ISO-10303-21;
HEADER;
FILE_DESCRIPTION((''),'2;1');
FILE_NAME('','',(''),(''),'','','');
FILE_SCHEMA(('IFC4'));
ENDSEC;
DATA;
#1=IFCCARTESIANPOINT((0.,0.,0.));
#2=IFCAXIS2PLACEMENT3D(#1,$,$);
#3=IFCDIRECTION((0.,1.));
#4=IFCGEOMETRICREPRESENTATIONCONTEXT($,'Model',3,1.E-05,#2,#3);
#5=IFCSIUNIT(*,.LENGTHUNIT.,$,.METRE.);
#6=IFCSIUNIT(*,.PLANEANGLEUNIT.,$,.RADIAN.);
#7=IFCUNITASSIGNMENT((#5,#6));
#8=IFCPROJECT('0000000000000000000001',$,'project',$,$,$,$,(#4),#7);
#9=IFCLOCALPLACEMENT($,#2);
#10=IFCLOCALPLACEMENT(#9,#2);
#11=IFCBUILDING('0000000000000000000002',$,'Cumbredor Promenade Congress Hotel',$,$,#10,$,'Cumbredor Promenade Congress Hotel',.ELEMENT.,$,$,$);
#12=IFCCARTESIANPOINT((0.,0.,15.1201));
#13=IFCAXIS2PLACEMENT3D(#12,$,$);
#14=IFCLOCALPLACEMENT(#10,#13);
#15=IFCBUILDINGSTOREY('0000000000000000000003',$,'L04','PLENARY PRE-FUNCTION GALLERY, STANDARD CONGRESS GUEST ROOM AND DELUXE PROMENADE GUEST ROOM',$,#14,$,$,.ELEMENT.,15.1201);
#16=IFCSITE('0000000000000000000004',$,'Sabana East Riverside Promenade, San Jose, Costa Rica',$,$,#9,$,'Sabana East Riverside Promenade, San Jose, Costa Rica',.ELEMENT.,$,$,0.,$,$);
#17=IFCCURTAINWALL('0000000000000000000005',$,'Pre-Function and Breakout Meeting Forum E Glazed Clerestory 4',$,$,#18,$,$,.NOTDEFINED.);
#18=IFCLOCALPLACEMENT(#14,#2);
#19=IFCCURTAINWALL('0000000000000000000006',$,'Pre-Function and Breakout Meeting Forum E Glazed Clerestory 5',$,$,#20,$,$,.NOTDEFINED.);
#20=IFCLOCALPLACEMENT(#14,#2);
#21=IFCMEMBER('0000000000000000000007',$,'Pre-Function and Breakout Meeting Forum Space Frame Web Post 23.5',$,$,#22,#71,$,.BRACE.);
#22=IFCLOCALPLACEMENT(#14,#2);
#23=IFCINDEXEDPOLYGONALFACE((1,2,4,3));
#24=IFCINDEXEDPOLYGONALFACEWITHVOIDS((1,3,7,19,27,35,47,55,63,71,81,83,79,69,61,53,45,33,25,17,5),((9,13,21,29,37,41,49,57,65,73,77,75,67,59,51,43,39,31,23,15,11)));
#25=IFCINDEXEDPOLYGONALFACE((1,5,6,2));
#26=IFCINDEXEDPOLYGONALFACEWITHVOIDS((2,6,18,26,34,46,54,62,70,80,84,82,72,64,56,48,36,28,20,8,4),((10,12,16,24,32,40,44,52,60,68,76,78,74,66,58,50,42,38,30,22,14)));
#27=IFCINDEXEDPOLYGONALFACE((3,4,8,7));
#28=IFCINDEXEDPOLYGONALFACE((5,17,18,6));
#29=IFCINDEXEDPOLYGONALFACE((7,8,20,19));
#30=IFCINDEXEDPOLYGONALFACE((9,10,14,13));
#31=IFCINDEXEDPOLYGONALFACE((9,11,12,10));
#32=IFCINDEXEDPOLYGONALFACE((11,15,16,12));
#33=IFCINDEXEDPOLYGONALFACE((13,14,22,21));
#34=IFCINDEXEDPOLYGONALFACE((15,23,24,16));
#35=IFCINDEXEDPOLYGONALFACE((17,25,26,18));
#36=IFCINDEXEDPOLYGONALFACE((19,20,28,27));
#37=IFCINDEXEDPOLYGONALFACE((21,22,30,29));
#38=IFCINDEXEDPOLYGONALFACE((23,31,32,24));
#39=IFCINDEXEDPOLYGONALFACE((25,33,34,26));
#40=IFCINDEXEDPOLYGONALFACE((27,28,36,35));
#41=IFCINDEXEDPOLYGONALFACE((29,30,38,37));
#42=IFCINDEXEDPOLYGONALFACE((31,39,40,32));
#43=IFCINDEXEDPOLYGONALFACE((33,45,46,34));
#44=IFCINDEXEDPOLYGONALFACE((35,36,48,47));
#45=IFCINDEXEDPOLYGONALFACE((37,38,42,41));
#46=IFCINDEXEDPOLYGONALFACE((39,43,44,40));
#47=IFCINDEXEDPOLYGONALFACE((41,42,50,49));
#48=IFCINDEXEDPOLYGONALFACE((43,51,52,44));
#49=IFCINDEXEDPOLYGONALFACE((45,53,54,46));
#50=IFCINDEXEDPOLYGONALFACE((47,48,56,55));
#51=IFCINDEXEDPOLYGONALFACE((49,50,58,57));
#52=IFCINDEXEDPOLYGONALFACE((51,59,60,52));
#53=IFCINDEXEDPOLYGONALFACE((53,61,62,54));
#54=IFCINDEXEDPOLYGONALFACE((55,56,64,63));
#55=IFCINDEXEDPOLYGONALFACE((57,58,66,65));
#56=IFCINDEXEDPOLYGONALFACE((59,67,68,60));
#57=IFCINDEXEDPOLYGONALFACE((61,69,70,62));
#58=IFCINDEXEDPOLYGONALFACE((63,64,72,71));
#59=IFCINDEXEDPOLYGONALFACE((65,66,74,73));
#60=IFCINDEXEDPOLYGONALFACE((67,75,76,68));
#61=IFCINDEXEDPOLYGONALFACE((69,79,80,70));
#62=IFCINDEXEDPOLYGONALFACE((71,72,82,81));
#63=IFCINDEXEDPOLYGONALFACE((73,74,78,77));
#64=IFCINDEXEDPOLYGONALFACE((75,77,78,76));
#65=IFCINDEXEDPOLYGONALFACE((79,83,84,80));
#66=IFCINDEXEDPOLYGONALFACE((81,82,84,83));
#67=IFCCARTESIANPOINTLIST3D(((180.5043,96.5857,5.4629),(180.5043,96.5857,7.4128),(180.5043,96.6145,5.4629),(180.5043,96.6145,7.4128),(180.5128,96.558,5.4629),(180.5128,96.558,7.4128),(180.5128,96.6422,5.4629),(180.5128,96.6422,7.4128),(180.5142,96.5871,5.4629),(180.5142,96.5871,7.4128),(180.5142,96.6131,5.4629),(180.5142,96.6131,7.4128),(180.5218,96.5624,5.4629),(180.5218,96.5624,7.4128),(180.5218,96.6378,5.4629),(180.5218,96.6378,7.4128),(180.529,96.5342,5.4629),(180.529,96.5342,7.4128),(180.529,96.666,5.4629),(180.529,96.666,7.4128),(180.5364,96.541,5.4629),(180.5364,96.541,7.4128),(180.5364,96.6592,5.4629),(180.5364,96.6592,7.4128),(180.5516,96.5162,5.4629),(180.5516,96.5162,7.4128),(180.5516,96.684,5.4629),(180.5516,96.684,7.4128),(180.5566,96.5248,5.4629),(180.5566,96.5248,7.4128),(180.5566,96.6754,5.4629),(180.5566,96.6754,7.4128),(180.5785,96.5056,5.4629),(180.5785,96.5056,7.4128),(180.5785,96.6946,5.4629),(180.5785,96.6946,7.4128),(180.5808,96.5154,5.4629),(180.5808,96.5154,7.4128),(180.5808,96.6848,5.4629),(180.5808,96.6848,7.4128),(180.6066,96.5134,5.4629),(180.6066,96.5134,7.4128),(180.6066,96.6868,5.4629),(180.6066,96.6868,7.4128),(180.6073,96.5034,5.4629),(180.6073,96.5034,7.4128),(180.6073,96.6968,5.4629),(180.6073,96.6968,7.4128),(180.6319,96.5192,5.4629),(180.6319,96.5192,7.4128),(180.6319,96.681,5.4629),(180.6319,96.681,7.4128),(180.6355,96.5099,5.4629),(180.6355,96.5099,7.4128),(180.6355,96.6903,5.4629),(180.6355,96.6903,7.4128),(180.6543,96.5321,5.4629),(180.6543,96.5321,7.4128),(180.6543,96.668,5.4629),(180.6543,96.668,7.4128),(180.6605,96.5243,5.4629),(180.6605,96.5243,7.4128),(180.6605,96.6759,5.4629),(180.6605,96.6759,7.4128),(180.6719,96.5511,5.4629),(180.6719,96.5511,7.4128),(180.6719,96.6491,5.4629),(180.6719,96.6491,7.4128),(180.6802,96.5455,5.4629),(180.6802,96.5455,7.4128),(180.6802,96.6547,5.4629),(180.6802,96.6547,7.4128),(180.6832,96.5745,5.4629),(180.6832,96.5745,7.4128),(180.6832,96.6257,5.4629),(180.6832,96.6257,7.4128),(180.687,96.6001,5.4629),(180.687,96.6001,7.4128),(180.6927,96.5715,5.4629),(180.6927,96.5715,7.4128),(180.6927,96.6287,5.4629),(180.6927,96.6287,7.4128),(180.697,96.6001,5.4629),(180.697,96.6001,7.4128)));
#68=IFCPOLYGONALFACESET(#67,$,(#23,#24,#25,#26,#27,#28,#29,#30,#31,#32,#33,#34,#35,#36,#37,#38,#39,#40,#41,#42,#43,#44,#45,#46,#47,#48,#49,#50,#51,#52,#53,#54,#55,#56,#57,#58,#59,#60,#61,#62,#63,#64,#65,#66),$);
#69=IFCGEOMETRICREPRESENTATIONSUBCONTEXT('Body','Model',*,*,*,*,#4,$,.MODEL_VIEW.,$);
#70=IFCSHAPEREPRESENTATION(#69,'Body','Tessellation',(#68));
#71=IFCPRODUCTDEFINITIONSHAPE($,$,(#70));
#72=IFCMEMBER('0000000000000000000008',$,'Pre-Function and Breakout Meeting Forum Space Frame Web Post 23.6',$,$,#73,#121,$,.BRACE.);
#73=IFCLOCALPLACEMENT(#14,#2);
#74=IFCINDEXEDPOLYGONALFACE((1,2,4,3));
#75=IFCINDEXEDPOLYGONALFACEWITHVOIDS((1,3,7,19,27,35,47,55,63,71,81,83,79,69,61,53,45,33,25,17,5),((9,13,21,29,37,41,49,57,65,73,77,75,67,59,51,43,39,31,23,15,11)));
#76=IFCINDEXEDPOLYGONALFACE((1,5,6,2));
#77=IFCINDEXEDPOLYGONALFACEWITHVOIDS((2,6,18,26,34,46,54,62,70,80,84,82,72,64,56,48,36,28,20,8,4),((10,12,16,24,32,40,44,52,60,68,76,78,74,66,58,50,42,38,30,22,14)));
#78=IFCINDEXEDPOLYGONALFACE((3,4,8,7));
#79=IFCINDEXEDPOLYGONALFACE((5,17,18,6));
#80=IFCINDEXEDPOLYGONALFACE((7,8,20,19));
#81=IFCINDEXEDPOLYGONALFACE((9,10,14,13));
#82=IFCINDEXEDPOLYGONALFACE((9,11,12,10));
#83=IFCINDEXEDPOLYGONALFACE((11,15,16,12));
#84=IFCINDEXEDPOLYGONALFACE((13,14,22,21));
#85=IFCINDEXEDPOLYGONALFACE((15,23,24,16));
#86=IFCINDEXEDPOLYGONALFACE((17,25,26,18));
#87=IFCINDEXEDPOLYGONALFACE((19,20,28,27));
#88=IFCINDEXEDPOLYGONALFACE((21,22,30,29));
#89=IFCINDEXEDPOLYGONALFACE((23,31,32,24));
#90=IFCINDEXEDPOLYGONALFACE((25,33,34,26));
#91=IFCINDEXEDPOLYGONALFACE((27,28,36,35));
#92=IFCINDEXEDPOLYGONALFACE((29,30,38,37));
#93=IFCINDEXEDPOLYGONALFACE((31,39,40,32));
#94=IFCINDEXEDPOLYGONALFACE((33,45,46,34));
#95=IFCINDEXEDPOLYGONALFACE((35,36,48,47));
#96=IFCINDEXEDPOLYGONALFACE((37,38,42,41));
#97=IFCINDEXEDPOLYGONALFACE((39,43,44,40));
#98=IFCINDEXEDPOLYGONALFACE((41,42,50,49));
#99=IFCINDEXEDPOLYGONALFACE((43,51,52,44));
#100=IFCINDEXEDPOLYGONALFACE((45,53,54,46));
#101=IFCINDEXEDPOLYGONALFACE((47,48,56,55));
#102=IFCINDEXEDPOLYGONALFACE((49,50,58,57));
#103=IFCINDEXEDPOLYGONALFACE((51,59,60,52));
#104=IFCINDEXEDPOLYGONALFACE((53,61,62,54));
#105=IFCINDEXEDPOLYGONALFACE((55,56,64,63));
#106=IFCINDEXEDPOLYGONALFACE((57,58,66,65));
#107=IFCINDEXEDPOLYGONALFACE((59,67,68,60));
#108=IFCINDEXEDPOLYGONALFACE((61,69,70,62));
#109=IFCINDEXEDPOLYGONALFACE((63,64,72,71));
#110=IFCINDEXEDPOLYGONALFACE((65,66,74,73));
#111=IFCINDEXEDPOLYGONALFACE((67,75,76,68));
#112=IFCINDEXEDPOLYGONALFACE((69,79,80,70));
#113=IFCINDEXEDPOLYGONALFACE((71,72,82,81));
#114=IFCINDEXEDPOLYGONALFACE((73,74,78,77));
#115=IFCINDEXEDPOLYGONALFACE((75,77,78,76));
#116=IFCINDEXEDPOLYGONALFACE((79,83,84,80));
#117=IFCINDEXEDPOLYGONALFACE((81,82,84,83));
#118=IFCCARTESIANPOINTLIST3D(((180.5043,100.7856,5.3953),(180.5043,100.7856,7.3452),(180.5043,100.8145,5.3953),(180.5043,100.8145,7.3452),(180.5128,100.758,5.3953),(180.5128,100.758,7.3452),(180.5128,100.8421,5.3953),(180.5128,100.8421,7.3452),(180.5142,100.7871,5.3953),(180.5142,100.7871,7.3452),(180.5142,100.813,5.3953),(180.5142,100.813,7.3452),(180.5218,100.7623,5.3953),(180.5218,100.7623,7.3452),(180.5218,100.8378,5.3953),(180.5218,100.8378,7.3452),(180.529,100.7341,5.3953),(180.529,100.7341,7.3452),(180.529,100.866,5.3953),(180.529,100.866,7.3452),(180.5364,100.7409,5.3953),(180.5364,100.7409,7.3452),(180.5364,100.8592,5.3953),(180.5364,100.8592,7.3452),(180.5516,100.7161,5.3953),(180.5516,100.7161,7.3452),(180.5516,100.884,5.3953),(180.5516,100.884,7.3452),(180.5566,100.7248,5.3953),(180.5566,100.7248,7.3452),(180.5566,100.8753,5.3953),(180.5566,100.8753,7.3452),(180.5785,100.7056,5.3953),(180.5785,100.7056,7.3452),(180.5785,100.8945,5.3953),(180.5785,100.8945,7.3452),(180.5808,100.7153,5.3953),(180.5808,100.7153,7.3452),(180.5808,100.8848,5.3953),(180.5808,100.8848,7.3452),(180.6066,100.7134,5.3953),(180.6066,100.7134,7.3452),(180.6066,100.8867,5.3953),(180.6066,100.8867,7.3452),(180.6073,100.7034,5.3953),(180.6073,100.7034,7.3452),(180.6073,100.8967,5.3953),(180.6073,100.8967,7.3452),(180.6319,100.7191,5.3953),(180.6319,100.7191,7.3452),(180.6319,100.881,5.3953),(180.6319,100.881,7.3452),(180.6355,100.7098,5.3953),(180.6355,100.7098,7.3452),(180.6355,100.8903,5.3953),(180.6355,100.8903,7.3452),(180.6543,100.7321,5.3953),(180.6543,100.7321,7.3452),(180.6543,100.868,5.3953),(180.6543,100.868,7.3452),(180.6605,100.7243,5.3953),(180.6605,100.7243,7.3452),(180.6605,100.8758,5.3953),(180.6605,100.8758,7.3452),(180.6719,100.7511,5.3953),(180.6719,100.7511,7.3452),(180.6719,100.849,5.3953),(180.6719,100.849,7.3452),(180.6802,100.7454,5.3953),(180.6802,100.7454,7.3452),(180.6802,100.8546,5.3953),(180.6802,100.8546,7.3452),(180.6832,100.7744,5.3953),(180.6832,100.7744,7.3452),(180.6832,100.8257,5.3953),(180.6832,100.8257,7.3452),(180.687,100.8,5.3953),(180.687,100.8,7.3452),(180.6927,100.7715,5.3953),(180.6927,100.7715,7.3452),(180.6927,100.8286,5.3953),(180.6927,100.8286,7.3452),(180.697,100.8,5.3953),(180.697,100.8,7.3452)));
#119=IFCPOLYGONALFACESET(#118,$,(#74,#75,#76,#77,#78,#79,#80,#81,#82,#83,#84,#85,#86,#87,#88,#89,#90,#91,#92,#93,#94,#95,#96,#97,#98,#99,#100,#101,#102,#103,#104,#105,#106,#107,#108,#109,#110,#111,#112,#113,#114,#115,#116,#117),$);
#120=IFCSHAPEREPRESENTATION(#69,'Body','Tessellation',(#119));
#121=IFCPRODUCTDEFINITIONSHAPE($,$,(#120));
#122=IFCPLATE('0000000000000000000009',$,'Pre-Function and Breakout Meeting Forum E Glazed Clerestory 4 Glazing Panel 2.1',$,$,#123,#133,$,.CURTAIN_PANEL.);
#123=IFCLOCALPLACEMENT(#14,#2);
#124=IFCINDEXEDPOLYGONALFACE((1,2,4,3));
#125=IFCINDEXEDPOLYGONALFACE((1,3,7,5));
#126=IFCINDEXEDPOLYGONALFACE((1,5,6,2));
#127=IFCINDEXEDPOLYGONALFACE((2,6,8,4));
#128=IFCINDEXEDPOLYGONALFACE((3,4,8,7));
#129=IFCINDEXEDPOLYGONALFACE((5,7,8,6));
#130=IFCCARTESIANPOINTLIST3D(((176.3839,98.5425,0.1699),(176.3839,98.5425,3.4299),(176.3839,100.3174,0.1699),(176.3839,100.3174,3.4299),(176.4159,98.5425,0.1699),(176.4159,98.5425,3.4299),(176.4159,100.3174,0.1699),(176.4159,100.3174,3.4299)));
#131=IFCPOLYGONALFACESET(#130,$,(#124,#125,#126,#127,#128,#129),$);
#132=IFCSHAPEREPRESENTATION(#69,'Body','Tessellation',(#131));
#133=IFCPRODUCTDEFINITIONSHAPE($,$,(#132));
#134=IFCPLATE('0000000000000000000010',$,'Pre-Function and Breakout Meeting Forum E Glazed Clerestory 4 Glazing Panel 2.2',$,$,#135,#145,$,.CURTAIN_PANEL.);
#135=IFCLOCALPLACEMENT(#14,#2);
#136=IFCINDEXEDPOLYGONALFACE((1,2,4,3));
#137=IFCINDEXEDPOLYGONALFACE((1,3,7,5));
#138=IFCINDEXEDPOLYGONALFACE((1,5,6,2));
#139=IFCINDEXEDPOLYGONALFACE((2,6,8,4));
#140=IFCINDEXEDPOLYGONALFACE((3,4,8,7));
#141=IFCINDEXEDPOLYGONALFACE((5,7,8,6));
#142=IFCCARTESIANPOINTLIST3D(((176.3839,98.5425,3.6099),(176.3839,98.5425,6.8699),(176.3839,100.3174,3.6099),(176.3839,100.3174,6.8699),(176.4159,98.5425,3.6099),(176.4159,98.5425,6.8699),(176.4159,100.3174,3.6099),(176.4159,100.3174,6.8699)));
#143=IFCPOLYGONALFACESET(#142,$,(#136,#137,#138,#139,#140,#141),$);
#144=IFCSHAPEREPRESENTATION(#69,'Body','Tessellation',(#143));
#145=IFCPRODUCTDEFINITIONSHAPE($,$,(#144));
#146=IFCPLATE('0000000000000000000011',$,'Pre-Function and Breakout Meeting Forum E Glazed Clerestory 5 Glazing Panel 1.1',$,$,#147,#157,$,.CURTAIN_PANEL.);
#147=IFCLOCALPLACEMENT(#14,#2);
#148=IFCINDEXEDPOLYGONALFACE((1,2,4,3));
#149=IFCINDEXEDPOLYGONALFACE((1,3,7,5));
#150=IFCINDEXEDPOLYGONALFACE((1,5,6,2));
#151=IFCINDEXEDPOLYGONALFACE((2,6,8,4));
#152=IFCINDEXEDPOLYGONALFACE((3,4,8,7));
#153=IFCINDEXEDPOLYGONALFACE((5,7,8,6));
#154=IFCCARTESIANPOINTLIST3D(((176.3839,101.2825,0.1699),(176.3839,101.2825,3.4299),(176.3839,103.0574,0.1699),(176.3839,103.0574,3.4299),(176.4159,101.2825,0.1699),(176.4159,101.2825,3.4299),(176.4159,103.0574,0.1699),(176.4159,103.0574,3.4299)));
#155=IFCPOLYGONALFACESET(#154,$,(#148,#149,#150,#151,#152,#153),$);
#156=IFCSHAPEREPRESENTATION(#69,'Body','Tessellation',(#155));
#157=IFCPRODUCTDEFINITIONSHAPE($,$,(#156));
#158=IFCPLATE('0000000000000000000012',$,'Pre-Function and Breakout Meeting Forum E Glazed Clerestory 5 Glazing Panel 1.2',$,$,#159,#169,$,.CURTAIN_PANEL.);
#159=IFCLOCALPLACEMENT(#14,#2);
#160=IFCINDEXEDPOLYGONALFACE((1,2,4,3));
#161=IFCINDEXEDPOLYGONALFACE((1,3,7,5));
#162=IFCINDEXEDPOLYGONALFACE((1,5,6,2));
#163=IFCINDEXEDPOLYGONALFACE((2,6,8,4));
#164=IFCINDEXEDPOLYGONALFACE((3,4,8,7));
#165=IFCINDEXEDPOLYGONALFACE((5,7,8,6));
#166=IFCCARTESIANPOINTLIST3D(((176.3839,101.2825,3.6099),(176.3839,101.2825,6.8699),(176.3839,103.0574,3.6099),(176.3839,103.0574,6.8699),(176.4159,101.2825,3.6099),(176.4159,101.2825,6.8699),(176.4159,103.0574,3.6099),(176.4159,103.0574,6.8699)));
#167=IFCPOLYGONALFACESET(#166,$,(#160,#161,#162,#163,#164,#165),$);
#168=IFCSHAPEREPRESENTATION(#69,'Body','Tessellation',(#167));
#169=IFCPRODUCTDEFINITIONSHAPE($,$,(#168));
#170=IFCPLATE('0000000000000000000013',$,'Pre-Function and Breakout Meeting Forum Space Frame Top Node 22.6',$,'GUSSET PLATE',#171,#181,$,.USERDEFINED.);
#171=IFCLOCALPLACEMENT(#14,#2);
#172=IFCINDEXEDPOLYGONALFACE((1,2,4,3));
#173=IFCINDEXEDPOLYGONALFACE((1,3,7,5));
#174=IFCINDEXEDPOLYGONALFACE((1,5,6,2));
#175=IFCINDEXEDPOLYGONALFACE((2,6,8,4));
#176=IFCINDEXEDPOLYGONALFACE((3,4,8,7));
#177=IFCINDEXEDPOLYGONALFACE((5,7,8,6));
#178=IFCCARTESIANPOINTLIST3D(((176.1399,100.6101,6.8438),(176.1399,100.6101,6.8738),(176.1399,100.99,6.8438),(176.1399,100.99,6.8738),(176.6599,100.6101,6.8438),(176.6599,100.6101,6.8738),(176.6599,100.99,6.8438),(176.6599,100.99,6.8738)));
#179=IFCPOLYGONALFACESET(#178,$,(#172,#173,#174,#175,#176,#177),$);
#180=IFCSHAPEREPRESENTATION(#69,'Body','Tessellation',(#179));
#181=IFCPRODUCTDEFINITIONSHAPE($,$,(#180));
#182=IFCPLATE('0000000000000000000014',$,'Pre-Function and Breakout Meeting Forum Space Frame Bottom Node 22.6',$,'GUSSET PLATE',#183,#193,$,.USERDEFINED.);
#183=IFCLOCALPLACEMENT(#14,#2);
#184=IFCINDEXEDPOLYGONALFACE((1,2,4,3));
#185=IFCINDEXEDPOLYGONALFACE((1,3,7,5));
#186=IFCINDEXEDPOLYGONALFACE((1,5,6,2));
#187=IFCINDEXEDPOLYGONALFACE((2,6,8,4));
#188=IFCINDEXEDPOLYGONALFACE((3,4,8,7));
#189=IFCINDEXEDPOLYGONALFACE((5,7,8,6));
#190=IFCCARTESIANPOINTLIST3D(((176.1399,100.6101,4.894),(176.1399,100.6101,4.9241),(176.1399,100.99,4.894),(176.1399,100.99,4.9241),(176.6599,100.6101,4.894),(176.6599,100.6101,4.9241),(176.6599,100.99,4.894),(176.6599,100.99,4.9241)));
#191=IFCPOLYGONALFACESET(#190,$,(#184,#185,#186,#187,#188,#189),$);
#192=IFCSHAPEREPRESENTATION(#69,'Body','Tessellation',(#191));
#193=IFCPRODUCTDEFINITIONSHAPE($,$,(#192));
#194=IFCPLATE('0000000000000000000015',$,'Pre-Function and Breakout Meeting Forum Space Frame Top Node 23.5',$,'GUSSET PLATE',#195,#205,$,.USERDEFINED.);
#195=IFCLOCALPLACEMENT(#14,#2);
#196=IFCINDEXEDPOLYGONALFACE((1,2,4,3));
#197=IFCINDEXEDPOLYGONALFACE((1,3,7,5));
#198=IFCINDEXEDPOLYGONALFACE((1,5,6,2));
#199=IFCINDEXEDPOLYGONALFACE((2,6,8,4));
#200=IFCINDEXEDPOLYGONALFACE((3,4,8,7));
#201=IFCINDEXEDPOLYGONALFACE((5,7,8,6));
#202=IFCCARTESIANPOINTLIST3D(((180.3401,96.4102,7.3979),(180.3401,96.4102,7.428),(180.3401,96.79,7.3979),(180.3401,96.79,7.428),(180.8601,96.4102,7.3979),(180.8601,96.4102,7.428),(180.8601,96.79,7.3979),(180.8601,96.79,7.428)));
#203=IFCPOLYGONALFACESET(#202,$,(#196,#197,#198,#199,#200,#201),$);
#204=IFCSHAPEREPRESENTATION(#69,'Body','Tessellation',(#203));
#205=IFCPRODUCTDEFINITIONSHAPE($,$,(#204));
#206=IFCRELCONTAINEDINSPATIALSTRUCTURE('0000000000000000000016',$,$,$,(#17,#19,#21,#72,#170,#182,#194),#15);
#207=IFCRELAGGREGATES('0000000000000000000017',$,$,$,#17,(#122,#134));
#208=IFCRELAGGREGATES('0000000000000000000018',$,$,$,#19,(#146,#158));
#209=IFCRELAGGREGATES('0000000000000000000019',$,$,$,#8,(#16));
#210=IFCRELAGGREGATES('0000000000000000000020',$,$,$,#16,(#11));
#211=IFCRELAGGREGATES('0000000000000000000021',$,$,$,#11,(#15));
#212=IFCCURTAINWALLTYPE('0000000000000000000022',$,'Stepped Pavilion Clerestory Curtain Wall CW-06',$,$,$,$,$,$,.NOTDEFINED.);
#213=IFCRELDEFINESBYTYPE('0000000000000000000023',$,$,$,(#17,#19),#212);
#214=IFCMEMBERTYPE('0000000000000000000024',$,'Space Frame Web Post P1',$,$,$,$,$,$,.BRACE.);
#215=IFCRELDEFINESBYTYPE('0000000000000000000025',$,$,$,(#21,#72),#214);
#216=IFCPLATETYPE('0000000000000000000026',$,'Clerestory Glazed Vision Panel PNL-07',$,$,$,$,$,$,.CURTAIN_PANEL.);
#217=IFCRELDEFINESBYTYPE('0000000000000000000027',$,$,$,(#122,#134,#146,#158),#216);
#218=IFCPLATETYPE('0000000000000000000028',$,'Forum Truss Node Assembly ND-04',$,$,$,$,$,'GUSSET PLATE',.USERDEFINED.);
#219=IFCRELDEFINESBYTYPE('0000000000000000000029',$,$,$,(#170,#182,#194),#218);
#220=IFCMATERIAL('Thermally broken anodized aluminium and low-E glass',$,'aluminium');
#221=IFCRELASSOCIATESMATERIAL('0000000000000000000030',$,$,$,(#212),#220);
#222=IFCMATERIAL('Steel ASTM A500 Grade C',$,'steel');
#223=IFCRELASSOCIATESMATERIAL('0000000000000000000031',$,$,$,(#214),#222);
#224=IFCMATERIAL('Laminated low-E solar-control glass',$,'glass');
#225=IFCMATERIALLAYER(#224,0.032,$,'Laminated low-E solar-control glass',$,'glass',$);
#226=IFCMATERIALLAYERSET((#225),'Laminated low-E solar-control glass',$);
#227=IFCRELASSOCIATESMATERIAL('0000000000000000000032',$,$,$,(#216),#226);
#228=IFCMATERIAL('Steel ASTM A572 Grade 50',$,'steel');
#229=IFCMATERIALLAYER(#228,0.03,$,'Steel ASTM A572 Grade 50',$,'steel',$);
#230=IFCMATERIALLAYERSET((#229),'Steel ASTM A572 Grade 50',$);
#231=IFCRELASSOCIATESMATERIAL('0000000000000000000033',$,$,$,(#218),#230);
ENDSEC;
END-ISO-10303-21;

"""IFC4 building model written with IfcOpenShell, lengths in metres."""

from ifc_helpers import new_model, si_unit, direction, frame, origin, origin_2d, place, context, subcontext, project, spatial, rectangle, hollow_circle, extrude, material, layer, layer_set, material_profile, profile_set, type_object, element, aggregate, save


model = new_model("IFC4")

# Units and contexts
model_context = context("Model", 3, precision=1e-05, world=origin(), true_north=direction((0.0, 1.0)))
body_context = subcontext(model_context, "Body", "Model", "MODEL_VIEW")
ifc_project = project(units=[si_unit("LENGTHUNIT", "METRE"), si_unit("PLANEANGLEUNIT", "RADIAN")], contexts=[model_context])

# Site, building, storey
site_placement = place(None, origin())
site = spatial("IfcSite", under=ifc_project, at=site_placement, Name="Sabana East Riverside Promenade, San Jose, Costa Rica", LongName="Sabana East Riverside Promenade, San Jose, Costa Rica", CompositionType="ELEMENT", RefElevation=0.0)
building_placement = place(site_placement, origin())
building = spatial("IfcBuilding", under=site, at=building_placement, Name="Cumbredor Promenade Congress Hotel", LongName="Cumbredor Promenade Congress Hotel", CompositionType="ELEMENT")
storey_placement = place(building_placement, frame((0.0, 0.0, 15.1201)))
storey = spatial("IfcBuildingStorey", under=building, at=storey_placement, Name="L04", Description="PLENARY PRE-FUNCTION GALLERY, STANDARD CONGRESS GUEST ROOM AND DELUXE PROMENADE GUEST ROOM", CompositionType="ELEMENT", Elevation=15.1201)

# Curtain wall
ifc_material_1 = material(Name="Thermally broken anodized aluminium and low-E glass", Category="aluminium")
curtain_wall_type = type_object("IfcCurtainWallType", Name="Stepped Pavilion Clerestory Curtain Wall CW-06", PredefinedType="NOTDEFINED", material=ifc_material_1)
curtain_wall_1_placement = place(storey_placement, origin())
curtain_wall_1 = element("IfcCurtainWall", 1, at=curtain_wall_1_placement, inside=storey, type_object=curtain_wall_type, Name="Pre-Function and Breakout Meeting Forum E Glazed Clerestory 4", PredefinedType="NOTDEFINED")

# Curtain wall
curtain_wall_2_placement = place(storey_placement, origin())
curtain_wall_2 = element("IfcCurtainWall", 2, at=curtain_wall_2_placement, inside=storey, type_object=curtain_wall_type, Name="Pre-Function and Breakout Meeting Forum E Glazed Clerestory 5", PredefinedType="NOTDEFINED")

# Members
ifc_material_2 = material(Name="Steel ASTM A500 Grade C", Category="steel")
ifc_material_profile_1 = material_profile(ifc_material_2, hollow_circle(Radius=0.0969, WallThickness=0.01, at=origin_2d()), Name="CHS 193.7x10")
ifc_profile_set_1 = profile_set([ifc_material_profile_1], Name="Steel ASTM A500 Grade C")
member_type_1 = type_object("IfcMemberType", Name="Space Frame Web Post P1", PredefinedType="BRACE", material=ifc_profile_set_1)
for number, where, z_axis, x_axis, name in (
    (3, (180.6001, 96.6001, 5.4629), (0.0, 0.0, 1.0), (1.0, 0.0, 0.0), "Pre-Function and Breakout Meeting Forum Space Frame Web Post 23.5"),
    (4, (180.6001, 100.8, 5.3953), (0.0, 0.0, 1.0), (1.0, 0.0, 0.0), "Pre-Function and Breakout Meeting Forum Space Frame Web Post 23.6"),
):
    element("IfcMember", number, at=place(storey_placement, frame(where, z_axis=z_axis, x_axis=x_axis)), inside=storey, type_object=member_type_1, Name=name, PredefinedType="BRACE", context=body_context, shape_type="SweptSolid", body=[
        extrude(hollow_circle(Radius=0.0969, WallThickness=0.01, at=origin_2d()), origin(), (0.0, 0.0, 1.0), 1.95),
    ])

# Plates
ifc_material_3 = material(Name="Laminated low-E solar-control glass", Category="glass")
ifc_layer_1 = layer(ifc_material_3, 0.032, Name="Laminated low-E solar-control glass", Category="glass")
ifc_layer_set_1 = layer_set([ifc_layer_1], Name="Laminated low-E solar-control glass")
plate_type_1 = type_object("IfcPlateType", Name="Clerestory Glazed Vision Panel PNL-07", PredefinedType="CURTAIN_PANEL", material=ifc_layer_set_1)
plate_1_placement = place(storey_placement, frame((176.3999, 99.4299, 0.1699), z_axis=(0.0, 0.0, 1.0), x_axis=(0.0, 1.0, 0.0)))
plate_1 = element("IfcPlate", 5, at=plate_1_placement, type_object=plate_type_1, Name="Pre-Function and Breakout Meeting Forum E Glazed Clerestory 4 Glazing Panel 2.1", PredefinedType="CURTAIN_PANEL", context=body_context, shape_type="SweptSolid", body=[
    extrude(rectangle(XDim=1.7749, YDim=0.032, at=origin_2d()), origin(), (0.0, 0.0, 1.0), 3.26),
])
plate_2_placement = place(storey_placement, frame((176.3999, 99.4299, 3.6099), z_axis=(0.0, 0.0, 1.0), x_axis=(0.0, 1.0, 0.0)))
plate_2 = element("IfcPlate", 6, at=plate_2_placement, type_object=plate_type_1, Name="Pre-Function and Breakout Meeting Forum E Glazed Clerestory 4 Glazing Panel 2.2", PredefinedType="CURTAIN_PANEL", context=body_context, shape_type="SweptSolid", body=[
    extrude(rectangle(XDim=1.7749, YDim=0.032, at=origin_2d()), origin(), (0.0, 0.0, 1.0), 3.26),
])
aggregate(curtain_wall_1, [plate_1, plate_2])
plate_3_placement = place(storey_placement, frame((176.3999, 102.1699, 0.1699), z_axis=(0.0, 0.0, 1.0), x_axis=(0.0, 1.0, 0.0)))
plate_3 = element("IfcPlate", 7, at=plate_3_placement, type_object=plate_type_1, Name="Pre-Function and Breakout Meeting Forum E Glazed Clerestory 5 Glazing Panel 1.1", PredefinedType="CURTAIN_PANEL", context=body_context, shape_type="SweptSolid", body=[
    extrude(rectangle(XDim=1.7749, YDim=0.032, at=origin_2d()), origin(), (0.0, 0.0, 1.0), 3.26),
])
plate_4_placement = place(storey_placement, frame((176.3999, 102.1699, 3.6099), z_axis=(0.0, 0.0, 1.0), x_axis=(0.0, 1.0, 0.0)))
plate_4 = element("IfcPlate", 8, at=plate_4_placement, type_object=plate_type_1, Name="Pre-Function and Breakout Meeting Forum E Glazed Clerestory 5 Glazing Panel 1.2", PredefinedType="CURTAIN_PANEL", context=body_context, shape_type="SweptSolid", body=[
    extrude(rectangle(XDim=1.7749, YDim=0.032, at=origin_2d()), origin(), (0.0, 0.0, 1.0), 3.26),
])
aggregate(curtain_wall_2, [plate_3, plate_4])

# Plates
ifc_material_4 = material(Name="Steel ASTM A572 Grade 50", Category="steel")
ifc_layer_2 = layer(ifc_material_4, 0.03, Name="Steel ASTM A572 Grade 50", Category="steel")
ifc_layer_set_2 = layer_set([ifc_layer_2], Name="Steel ASTM A572 Grade 50")
plate_type_2 = type_object("IfcPlateType", Name="Forum Truss Node Assembly ND-04", ElementType="GUSSET PLATE", PredefinedType="USERDEFINED", material=ifc_layer_set_2)
for number, where, z_axis, x_axis, name in (
    (9, (176.3999, 100.8, 6.8438), (0.0, 0.0, 1.0), (1.0, 0.0, 0.0), "Pre-Function and Breakout Meeting Forum Space Frame Top Node 22.6"),
    (10, (176.3999, 100.8, 4.894), (0.0, 0.0, 1.0), (1.0, 0.0, 0.0), "Pre-Function and Breakout Meeting Forum Space Frame Bottom Node 22.6"),
    (11, (180.6001, 96.6001, 7.3979), (0.0, 0.0, 1.0), (1.0, 0.0, 0.0), "Pre-Function and Breakout Meeting Forum Space Frame Top Node 23.5"),
):
    element("IfcPlate", number, at=place(storey_placement, frame(where, z_axis=z_axis, x_axis=x_axis)), inside=storey, type_object=plate_type_2, Name=name, ObjectType="GUSSET PLATE", PredefinedType="USERDEFINED", context=body_context, shape_type="SweptSolid", body=[
        extrude(rectangle(XDim=0.52, YDim=0.3799, at=origin_2d()), origin(), (0.0, 0.0, 1.0), 0.03),
    ])

save(model, "model.ifc")
